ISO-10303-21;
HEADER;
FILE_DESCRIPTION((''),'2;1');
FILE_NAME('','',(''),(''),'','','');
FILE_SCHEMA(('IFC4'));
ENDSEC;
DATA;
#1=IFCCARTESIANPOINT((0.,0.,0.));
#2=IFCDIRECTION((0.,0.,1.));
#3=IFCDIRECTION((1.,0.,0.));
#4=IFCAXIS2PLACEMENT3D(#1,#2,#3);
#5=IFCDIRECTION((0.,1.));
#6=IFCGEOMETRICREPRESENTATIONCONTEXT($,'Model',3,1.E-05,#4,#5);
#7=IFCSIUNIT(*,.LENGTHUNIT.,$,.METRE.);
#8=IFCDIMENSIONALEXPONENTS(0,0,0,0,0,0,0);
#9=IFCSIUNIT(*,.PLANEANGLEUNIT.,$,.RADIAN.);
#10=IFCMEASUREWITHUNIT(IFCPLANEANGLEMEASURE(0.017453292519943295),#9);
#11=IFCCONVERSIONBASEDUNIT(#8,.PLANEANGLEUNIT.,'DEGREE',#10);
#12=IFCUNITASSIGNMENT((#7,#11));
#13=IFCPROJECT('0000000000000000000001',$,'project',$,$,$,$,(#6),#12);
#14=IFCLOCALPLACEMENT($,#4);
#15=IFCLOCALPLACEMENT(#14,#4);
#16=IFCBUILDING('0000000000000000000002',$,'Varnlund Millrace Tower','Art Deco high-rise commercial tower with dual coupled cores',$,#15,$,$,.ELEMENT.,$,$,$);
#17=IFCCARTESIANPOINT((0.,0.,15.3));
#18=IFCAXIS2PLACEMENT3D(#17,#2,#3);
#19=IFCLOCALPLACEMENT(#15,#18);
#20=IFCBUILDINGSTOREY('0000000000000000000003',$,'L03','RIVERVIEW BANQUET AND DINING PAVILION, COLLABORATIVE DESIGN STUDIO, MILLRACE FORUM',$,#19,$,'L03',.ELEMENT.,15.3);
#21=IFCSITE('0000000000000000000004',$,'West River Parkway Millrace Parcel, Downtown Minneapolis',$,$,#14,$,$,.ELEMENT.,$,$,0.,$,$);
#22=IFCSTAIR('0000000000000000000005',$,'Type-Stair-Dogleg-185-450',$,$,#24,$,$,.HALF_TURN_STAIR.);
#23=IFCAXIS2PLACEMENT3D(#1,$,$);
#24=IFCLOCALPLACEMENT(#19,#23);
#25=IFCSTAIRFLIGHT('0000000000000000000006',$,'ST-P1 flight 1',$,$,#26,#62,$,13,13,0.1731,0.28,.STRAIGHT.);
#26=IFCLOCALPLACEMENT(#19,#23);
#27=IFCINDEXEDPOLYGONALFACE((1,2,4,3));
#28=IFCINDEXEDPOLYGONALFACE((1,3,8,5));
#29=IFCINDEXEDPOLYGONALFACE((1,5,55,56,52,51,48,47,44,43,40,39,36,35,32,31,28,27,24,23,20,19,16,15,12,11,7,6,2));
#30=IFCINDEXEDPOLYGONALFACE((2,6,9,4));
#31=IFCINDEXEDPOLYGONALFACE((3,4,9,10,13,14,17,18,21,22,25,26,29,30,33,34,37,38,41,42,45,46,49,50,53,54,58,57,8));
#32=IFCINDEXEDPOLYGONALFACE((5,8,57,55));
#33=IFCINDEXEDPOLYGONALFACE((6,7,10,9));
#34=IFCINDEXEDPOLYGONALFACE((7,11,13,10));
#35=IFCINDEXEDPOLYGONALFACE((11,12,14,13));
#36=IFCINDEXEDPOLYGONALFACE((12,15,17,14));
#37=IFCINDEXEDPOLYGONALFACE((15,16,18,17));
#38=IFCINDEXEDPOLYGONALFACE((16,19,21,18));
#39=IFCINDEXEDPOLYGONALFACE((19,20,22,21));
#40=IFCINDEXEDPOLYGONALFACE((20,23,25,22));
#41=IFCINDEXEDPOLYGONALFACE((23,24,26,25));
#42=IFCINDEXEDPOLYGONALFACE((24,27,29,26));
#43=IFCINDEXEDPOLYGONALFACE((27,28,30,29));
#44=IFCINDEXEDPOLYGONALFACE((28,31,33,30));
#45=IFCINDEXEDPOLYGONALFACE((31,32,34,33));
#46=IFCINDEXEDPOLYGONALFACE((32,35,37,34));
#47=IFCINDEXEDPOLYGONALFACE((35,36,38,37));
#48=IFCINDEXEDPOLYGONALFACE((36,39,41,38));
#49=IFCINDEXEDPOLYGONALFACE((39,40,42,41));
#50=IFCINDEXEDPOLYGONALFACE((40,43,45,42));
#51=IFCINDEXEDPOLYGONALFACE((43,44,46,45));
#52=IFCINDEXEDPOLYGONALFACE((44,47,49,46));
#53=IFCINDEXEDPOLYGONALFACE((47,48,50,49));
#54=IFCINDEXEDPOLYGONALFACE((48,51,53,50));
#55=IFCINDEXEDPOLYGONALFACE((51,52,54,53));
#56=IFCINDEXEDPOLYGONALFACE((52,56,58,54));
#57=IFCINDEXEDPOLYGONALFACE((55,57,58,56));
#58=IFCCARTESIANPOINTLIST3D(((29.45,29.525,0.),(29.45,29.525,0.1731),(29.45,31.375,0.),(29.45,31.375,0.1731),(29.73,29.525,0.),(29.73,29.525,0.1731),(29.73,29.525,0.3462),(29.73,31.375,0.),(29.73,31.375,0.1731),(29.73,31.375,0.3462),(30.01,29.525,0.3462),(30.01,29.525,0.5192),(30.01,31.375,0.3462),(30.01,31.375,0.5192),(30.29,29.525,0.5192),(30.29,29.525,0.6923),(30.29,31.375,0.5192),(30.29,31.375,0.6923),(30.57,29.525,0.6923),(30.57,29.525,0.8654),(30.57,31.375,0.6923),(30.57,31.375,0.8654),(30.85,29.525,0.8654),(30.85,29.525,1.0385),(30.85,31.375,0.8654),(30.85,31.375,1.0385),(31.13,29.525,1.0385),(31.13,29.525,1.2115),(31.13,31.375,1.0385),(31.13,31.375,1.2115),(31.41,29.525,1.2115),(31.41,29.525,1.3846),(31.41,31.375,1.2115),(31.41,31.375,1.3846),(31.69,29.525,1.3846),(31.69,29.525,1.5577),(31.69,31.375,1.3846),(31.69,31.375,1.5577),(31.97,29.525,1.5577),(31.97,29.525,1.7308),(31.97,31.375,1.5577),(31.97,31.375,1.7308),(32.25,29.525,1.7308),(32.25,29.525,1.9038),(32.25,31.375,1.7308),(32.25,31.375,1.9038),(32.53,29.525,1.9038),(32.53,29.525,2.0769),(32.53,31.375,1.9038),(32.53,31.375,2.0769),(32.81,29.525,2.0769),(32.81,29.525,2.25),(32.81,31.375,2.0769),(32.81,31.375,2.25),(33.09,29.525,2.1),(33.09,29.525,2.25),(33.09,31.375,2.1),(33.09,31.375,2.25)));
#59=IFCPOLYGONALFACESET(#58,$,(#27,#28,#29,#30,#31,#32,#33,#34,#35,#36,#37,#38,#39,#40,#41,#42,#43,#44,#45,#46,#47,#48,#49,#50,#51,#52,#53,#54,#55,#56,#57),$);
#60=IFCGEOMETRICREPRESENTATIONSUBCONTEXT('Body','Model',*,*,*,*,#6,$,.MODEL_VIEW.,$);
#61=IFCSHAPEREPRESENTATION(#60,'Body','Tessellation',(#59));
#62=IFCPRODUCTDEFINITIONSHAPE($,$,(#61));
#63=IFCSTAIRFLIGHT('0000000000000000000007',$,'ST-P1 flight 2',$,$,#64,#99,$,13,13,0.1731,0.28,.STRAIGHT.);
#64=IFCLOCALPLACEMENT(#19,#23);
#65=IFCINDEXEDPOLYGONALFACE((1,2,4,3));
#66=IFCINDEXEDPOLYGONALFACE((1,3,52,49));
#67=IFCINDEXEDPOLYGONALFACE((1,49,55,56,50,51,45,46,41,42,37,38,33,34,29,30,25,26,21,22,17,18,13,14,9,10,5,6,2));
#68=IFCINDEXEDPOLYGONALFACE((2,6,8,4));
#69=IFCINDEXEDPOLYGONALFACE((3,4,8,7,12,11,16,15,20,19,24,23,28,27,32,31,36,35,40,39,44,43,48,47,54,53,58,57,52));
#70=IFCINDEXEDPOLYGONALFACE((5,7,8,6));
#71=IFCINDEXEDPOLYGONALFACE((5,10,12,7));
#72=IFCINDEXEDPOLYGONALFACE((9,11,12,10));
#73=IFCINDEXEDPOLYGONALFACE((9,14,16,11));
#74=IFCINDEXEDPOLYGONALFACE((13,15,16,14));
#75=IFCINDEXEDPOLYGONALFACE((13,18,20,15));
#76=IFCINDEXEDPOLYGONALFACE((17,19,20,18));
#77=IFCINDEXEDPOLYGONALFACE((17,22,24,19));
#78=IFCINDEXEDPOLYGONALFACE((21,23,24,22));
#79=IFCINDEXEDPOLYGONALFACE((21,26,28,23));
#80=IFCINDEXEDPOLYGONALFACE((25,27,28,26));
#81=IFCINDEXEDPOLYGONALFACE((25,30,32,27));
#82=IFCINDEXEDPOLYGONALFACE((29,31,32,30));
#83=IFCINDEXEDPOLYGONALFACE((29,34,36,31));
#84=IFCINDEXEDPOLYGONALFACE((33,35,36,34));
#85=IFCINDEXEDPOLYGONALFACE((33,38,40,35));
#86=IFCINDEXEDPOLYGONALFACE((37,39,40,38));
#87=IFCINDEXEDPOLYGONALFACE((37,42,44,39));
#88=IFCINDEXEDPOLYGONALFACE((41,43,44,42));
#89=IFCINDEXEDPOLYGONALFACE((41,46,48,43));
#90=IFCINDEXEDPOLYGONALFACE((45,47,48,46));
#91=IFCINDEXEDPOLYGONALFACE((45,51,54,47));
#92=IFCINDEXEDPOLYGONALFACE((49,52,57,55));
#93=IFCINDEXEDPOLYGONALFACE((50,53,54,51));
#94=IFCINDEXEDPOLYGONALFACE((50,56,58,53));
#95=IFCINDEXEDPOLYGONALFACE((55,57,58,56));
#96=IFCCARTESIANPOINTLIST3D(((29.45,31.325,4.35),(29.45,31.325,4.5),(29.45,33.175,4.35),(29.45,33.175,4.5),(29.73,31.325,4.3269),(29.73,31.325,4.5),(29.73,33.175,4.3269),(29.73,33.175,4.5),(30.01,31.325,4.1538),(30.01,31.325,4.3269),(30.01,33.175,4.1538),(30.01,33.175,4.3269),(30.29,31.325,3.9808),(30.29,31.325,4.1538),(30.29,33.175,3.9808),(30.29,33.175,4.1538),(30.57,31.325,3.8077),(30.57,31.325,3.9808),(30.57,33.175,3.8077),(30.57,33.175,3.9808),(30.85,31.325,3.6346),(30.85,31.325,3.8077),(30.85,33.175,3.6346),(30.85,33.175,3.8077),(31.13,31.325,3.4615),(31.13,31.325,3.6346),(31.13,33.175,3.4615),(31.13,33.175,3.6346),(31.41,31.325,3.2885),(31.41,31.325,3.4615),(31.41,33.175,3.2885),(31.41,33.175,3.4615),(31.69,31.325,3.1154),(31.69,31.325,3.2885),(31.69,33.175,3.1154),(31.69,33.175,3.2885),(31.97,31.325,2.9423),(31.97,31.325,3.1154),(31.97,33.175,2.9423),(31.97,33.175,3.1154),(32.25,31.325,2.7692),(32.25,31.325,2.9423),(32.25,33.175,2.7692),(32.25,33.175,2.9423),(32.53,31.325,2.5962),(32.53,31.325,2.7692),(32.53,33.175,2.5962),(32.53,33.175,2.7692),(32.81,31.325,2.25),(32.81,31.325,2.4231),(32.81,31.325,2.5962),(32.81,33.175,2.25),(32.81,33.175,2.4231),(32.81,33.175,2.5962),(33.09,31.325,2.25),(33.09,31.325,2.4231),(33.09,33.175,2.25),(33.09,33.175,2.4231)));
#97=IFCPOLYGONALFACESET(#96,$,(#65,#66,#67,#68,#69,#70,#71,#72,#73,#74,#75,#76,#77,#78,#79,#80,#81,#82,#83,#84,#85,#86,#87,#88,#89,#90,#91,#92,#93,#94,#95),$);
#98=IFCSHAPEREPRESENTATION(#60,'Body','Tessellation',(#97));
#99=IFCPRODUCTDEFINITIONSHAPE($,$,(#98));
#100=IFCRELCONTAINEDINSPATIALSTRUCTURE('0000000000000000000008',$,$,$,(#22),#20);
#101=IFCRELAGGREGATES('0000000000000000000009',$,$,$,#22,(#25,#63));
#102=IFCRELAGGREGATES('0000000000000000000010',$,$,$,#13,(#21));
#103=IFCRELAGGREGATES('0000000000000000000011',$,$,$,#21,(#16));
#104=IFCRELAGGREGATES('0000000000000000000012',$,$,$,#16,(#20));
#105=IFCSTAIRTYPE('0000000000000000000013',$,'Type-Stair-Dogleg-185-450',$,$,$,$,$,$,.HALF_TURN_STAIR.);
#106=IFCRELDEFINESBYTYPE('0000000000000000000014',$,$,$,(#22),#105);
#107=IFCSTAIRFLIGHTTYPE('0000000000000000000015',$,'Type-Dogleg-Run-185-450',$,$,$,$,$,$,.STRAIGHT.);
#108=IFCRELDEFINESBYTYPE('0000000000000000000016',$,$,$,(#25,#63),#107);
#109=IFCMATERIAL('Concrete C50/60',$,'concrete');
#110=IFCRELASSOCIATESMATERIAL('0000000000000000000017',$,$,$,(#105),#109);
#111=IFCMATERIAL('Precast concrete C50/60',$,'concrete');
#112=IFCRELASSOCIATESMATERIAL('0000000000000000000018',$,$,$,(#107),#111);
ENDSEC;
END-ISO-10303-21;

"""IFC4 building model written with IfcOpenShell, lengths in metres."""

from ifc_helpers import new_model, entity, si_unit, converted_unit, direction, frame, origin_with_axes, place, context, subcontext, project, spatial, polyline, outline, extrude, material, type_object, element, aggregate, save


model = new_model("IFC4")

# Units and contexts
model_context = context("Model", 3, precision=1e-05, world=origin_with_axes(), true_north=direction((0.0, 1.0)))
body_context = subcontext(model_context, "Body", "Model", "MODEL_VIEW")
ifc_project = project(units=[si_unit("LENGTHUNIT", "METRE"), converted_unit("PLANEANGLEUNIT", "DEGREE", entity("IfcPlaneAngleMeasure", 0.017453292519943295), si_unit("PLANEANGLEUNIT", "RADIAN"), dimensions=[0, 0, 0, 0, 0, 0, 0])], contexts=[model_context])

# Site, building, storey
site_placement = place(None, origin_with_axes())
site = spatial("IfcSite", under=ifc_project, at=site_placement, Name="West River Parkway Millrace Parcel, Downtown Minneapolis", CompositionType="ELEMENT", RefElevation=0.0)
building_placement = place(site_placement, origin_with_axes())
building = spatial("IfcBuilding", under=site, at=building_placement, Name="Varnlund Millrace Tower", Description="Art Deco high-rise commercial tower with dual coupled cores", CompositionType="ELEMENT")
storey_placement = place(building_placement, frame((0.0, 0.0, 15.3), z_axis=(0.0, 0.0, 1.0), x_axis=(1.0, 0.0, 0.0)))
storey = spatial("IfcBuildingStorey", under=building, at=storey_placement, Name="L03", Description="RIVERVIEW BANQUET AND DINING PAVILION, COLLABORATIVE DESIGN STUDIO, MILLRACE FORUM", LongName="L03", CompositionType="ELEMENT", Elevation=15.3)

# Shared definitions
ifc_material_1 = material(Name="Precast concrete C50/60", Category="concrete")

# Stair, stair flights
ifc_material_2 = material(Name="Concrete C50/60", Category="concrete")
stair_type = type_object("IfcStairType", Name="Type-Stair-Dogleg-185-450", PredefinedType="HALF_TURN_STAIR", material=ifc_material_2)
stair_placement = place(storey_placement, origin_with_axes())
stair = element("IfcStair", 1, at=stair_placement, inside=storey, type_object=stair_type, Name="Type-Stair-Dogleg-185-450", PredefinedType="HALF_TURN_STAIR")
stair_flight_type = type_object("IfcStairFlightType", Name="Type-Dogleg-Run-185-450", PredefinedType="STRAIGHT", material=ifc_material_1)
stair_flight_1_placement = place(storey_placement, frame((29.45, 31.375, 0.0), z_axis=(0.0, -1.0, 0.0), x_axis=(1.0, 0.0, 0.0)))
stair_flight_1 = element("IfcStairFlight", 2, at=stair_flight_1_placement, type_object=stair_flight_type, Name="ST-P1 flight 1", NumberOfRisers=13, NumberOfTreads=13, PredefinedType="STRAIGHT", RiserHeight=0.1731, TreadLength=0.28, context=body_context, shape_type="SweptSolid", body=[
    extrude(outline(polyline([(0.0, 0.0), (0.0, 0.1731), (0.28, 0.1731), (0.28, 0.3462), (0.56, 0.3462), (0.56, 0.5192), (0.84, 0.5192), (0.84, 0.6923), (1.12, 0.6923), (1.12, 0.8654), (1.4, 0.8654), (1.4, 1.0385), (1.68, 1.0385), (1.68, 1.2115), (1.96, 1.2115), (1.96, 1.3846), (2.24, 1.3846), (2.24, 1.5577), (2.52, 1.5577), (2.52, 1.7308), (2.8, 1.7308), (2.8, 1.9038), (3.08, 1.9038), (3.08, 2.0769), (3.36, 2.0769), (3.36, 2.25), (3.64, 2.25), (3.64, 2.1), (0.28, 0.0), (0.0, 0.0)])), origin_with_axes(), (0.0, 0.0, 1.0), 1.85),
])
stair_flight_2_placement = place(storey_placement, frame((33.09, 31.325, 2.25), z_axis=(0.0, 1.0, 0.0), x_axis=(-1.0, 0.0, 0.0)))
stair_flight_2 = element("IfcStairFlight", 3, at=stair_flight_2_placement, type_object=stair_flight_type, Name="ST-P1 flight 2", NumberOfRisers=13, NumberOfTreads=13, PredefinedType="STRAIGHT", RiserHeight=0.1731, TreadLength=0.28, context=body_context, shape_type="SweptSolid", body=[
    extrude(outline(polyline([(0.0, 0.0), (0.0, 0.1731), (0.28, 0.1731), (0.28, 0.3462), (0.56, 0.3462), (0.56, 0.5192), (0.84, 0.5192), (0.84, 0.6923), (1.12, 0.6923), (1.12, 0.8654), (1.4, 0.8654), (1.4, 1.0385), (1.68, 1.0385), (1.68, 1.2115), (1.96, 1.2115), (1.96, 1.3846), (2.24, 1.3846), (2.24, 1.5577), (2.52, 1.5577), (2.52, 1.7308), (2.8, 1.7308), (2.8, 1.9038), (3.08, 1.9038), (3.08, 2.0769), (3.36, 2.0769), (3.36, 2.25), (3.64, 2.25), (3.64, 2.1), (0.28, 0.0), (0.0, 0.0)])), origin_with_axes(), (0.0, 0.0, 1.0), 1.85),
])
aggregate(stair, [stair_flight_1, stair_flight_2])

save(model, "model.ifc")
